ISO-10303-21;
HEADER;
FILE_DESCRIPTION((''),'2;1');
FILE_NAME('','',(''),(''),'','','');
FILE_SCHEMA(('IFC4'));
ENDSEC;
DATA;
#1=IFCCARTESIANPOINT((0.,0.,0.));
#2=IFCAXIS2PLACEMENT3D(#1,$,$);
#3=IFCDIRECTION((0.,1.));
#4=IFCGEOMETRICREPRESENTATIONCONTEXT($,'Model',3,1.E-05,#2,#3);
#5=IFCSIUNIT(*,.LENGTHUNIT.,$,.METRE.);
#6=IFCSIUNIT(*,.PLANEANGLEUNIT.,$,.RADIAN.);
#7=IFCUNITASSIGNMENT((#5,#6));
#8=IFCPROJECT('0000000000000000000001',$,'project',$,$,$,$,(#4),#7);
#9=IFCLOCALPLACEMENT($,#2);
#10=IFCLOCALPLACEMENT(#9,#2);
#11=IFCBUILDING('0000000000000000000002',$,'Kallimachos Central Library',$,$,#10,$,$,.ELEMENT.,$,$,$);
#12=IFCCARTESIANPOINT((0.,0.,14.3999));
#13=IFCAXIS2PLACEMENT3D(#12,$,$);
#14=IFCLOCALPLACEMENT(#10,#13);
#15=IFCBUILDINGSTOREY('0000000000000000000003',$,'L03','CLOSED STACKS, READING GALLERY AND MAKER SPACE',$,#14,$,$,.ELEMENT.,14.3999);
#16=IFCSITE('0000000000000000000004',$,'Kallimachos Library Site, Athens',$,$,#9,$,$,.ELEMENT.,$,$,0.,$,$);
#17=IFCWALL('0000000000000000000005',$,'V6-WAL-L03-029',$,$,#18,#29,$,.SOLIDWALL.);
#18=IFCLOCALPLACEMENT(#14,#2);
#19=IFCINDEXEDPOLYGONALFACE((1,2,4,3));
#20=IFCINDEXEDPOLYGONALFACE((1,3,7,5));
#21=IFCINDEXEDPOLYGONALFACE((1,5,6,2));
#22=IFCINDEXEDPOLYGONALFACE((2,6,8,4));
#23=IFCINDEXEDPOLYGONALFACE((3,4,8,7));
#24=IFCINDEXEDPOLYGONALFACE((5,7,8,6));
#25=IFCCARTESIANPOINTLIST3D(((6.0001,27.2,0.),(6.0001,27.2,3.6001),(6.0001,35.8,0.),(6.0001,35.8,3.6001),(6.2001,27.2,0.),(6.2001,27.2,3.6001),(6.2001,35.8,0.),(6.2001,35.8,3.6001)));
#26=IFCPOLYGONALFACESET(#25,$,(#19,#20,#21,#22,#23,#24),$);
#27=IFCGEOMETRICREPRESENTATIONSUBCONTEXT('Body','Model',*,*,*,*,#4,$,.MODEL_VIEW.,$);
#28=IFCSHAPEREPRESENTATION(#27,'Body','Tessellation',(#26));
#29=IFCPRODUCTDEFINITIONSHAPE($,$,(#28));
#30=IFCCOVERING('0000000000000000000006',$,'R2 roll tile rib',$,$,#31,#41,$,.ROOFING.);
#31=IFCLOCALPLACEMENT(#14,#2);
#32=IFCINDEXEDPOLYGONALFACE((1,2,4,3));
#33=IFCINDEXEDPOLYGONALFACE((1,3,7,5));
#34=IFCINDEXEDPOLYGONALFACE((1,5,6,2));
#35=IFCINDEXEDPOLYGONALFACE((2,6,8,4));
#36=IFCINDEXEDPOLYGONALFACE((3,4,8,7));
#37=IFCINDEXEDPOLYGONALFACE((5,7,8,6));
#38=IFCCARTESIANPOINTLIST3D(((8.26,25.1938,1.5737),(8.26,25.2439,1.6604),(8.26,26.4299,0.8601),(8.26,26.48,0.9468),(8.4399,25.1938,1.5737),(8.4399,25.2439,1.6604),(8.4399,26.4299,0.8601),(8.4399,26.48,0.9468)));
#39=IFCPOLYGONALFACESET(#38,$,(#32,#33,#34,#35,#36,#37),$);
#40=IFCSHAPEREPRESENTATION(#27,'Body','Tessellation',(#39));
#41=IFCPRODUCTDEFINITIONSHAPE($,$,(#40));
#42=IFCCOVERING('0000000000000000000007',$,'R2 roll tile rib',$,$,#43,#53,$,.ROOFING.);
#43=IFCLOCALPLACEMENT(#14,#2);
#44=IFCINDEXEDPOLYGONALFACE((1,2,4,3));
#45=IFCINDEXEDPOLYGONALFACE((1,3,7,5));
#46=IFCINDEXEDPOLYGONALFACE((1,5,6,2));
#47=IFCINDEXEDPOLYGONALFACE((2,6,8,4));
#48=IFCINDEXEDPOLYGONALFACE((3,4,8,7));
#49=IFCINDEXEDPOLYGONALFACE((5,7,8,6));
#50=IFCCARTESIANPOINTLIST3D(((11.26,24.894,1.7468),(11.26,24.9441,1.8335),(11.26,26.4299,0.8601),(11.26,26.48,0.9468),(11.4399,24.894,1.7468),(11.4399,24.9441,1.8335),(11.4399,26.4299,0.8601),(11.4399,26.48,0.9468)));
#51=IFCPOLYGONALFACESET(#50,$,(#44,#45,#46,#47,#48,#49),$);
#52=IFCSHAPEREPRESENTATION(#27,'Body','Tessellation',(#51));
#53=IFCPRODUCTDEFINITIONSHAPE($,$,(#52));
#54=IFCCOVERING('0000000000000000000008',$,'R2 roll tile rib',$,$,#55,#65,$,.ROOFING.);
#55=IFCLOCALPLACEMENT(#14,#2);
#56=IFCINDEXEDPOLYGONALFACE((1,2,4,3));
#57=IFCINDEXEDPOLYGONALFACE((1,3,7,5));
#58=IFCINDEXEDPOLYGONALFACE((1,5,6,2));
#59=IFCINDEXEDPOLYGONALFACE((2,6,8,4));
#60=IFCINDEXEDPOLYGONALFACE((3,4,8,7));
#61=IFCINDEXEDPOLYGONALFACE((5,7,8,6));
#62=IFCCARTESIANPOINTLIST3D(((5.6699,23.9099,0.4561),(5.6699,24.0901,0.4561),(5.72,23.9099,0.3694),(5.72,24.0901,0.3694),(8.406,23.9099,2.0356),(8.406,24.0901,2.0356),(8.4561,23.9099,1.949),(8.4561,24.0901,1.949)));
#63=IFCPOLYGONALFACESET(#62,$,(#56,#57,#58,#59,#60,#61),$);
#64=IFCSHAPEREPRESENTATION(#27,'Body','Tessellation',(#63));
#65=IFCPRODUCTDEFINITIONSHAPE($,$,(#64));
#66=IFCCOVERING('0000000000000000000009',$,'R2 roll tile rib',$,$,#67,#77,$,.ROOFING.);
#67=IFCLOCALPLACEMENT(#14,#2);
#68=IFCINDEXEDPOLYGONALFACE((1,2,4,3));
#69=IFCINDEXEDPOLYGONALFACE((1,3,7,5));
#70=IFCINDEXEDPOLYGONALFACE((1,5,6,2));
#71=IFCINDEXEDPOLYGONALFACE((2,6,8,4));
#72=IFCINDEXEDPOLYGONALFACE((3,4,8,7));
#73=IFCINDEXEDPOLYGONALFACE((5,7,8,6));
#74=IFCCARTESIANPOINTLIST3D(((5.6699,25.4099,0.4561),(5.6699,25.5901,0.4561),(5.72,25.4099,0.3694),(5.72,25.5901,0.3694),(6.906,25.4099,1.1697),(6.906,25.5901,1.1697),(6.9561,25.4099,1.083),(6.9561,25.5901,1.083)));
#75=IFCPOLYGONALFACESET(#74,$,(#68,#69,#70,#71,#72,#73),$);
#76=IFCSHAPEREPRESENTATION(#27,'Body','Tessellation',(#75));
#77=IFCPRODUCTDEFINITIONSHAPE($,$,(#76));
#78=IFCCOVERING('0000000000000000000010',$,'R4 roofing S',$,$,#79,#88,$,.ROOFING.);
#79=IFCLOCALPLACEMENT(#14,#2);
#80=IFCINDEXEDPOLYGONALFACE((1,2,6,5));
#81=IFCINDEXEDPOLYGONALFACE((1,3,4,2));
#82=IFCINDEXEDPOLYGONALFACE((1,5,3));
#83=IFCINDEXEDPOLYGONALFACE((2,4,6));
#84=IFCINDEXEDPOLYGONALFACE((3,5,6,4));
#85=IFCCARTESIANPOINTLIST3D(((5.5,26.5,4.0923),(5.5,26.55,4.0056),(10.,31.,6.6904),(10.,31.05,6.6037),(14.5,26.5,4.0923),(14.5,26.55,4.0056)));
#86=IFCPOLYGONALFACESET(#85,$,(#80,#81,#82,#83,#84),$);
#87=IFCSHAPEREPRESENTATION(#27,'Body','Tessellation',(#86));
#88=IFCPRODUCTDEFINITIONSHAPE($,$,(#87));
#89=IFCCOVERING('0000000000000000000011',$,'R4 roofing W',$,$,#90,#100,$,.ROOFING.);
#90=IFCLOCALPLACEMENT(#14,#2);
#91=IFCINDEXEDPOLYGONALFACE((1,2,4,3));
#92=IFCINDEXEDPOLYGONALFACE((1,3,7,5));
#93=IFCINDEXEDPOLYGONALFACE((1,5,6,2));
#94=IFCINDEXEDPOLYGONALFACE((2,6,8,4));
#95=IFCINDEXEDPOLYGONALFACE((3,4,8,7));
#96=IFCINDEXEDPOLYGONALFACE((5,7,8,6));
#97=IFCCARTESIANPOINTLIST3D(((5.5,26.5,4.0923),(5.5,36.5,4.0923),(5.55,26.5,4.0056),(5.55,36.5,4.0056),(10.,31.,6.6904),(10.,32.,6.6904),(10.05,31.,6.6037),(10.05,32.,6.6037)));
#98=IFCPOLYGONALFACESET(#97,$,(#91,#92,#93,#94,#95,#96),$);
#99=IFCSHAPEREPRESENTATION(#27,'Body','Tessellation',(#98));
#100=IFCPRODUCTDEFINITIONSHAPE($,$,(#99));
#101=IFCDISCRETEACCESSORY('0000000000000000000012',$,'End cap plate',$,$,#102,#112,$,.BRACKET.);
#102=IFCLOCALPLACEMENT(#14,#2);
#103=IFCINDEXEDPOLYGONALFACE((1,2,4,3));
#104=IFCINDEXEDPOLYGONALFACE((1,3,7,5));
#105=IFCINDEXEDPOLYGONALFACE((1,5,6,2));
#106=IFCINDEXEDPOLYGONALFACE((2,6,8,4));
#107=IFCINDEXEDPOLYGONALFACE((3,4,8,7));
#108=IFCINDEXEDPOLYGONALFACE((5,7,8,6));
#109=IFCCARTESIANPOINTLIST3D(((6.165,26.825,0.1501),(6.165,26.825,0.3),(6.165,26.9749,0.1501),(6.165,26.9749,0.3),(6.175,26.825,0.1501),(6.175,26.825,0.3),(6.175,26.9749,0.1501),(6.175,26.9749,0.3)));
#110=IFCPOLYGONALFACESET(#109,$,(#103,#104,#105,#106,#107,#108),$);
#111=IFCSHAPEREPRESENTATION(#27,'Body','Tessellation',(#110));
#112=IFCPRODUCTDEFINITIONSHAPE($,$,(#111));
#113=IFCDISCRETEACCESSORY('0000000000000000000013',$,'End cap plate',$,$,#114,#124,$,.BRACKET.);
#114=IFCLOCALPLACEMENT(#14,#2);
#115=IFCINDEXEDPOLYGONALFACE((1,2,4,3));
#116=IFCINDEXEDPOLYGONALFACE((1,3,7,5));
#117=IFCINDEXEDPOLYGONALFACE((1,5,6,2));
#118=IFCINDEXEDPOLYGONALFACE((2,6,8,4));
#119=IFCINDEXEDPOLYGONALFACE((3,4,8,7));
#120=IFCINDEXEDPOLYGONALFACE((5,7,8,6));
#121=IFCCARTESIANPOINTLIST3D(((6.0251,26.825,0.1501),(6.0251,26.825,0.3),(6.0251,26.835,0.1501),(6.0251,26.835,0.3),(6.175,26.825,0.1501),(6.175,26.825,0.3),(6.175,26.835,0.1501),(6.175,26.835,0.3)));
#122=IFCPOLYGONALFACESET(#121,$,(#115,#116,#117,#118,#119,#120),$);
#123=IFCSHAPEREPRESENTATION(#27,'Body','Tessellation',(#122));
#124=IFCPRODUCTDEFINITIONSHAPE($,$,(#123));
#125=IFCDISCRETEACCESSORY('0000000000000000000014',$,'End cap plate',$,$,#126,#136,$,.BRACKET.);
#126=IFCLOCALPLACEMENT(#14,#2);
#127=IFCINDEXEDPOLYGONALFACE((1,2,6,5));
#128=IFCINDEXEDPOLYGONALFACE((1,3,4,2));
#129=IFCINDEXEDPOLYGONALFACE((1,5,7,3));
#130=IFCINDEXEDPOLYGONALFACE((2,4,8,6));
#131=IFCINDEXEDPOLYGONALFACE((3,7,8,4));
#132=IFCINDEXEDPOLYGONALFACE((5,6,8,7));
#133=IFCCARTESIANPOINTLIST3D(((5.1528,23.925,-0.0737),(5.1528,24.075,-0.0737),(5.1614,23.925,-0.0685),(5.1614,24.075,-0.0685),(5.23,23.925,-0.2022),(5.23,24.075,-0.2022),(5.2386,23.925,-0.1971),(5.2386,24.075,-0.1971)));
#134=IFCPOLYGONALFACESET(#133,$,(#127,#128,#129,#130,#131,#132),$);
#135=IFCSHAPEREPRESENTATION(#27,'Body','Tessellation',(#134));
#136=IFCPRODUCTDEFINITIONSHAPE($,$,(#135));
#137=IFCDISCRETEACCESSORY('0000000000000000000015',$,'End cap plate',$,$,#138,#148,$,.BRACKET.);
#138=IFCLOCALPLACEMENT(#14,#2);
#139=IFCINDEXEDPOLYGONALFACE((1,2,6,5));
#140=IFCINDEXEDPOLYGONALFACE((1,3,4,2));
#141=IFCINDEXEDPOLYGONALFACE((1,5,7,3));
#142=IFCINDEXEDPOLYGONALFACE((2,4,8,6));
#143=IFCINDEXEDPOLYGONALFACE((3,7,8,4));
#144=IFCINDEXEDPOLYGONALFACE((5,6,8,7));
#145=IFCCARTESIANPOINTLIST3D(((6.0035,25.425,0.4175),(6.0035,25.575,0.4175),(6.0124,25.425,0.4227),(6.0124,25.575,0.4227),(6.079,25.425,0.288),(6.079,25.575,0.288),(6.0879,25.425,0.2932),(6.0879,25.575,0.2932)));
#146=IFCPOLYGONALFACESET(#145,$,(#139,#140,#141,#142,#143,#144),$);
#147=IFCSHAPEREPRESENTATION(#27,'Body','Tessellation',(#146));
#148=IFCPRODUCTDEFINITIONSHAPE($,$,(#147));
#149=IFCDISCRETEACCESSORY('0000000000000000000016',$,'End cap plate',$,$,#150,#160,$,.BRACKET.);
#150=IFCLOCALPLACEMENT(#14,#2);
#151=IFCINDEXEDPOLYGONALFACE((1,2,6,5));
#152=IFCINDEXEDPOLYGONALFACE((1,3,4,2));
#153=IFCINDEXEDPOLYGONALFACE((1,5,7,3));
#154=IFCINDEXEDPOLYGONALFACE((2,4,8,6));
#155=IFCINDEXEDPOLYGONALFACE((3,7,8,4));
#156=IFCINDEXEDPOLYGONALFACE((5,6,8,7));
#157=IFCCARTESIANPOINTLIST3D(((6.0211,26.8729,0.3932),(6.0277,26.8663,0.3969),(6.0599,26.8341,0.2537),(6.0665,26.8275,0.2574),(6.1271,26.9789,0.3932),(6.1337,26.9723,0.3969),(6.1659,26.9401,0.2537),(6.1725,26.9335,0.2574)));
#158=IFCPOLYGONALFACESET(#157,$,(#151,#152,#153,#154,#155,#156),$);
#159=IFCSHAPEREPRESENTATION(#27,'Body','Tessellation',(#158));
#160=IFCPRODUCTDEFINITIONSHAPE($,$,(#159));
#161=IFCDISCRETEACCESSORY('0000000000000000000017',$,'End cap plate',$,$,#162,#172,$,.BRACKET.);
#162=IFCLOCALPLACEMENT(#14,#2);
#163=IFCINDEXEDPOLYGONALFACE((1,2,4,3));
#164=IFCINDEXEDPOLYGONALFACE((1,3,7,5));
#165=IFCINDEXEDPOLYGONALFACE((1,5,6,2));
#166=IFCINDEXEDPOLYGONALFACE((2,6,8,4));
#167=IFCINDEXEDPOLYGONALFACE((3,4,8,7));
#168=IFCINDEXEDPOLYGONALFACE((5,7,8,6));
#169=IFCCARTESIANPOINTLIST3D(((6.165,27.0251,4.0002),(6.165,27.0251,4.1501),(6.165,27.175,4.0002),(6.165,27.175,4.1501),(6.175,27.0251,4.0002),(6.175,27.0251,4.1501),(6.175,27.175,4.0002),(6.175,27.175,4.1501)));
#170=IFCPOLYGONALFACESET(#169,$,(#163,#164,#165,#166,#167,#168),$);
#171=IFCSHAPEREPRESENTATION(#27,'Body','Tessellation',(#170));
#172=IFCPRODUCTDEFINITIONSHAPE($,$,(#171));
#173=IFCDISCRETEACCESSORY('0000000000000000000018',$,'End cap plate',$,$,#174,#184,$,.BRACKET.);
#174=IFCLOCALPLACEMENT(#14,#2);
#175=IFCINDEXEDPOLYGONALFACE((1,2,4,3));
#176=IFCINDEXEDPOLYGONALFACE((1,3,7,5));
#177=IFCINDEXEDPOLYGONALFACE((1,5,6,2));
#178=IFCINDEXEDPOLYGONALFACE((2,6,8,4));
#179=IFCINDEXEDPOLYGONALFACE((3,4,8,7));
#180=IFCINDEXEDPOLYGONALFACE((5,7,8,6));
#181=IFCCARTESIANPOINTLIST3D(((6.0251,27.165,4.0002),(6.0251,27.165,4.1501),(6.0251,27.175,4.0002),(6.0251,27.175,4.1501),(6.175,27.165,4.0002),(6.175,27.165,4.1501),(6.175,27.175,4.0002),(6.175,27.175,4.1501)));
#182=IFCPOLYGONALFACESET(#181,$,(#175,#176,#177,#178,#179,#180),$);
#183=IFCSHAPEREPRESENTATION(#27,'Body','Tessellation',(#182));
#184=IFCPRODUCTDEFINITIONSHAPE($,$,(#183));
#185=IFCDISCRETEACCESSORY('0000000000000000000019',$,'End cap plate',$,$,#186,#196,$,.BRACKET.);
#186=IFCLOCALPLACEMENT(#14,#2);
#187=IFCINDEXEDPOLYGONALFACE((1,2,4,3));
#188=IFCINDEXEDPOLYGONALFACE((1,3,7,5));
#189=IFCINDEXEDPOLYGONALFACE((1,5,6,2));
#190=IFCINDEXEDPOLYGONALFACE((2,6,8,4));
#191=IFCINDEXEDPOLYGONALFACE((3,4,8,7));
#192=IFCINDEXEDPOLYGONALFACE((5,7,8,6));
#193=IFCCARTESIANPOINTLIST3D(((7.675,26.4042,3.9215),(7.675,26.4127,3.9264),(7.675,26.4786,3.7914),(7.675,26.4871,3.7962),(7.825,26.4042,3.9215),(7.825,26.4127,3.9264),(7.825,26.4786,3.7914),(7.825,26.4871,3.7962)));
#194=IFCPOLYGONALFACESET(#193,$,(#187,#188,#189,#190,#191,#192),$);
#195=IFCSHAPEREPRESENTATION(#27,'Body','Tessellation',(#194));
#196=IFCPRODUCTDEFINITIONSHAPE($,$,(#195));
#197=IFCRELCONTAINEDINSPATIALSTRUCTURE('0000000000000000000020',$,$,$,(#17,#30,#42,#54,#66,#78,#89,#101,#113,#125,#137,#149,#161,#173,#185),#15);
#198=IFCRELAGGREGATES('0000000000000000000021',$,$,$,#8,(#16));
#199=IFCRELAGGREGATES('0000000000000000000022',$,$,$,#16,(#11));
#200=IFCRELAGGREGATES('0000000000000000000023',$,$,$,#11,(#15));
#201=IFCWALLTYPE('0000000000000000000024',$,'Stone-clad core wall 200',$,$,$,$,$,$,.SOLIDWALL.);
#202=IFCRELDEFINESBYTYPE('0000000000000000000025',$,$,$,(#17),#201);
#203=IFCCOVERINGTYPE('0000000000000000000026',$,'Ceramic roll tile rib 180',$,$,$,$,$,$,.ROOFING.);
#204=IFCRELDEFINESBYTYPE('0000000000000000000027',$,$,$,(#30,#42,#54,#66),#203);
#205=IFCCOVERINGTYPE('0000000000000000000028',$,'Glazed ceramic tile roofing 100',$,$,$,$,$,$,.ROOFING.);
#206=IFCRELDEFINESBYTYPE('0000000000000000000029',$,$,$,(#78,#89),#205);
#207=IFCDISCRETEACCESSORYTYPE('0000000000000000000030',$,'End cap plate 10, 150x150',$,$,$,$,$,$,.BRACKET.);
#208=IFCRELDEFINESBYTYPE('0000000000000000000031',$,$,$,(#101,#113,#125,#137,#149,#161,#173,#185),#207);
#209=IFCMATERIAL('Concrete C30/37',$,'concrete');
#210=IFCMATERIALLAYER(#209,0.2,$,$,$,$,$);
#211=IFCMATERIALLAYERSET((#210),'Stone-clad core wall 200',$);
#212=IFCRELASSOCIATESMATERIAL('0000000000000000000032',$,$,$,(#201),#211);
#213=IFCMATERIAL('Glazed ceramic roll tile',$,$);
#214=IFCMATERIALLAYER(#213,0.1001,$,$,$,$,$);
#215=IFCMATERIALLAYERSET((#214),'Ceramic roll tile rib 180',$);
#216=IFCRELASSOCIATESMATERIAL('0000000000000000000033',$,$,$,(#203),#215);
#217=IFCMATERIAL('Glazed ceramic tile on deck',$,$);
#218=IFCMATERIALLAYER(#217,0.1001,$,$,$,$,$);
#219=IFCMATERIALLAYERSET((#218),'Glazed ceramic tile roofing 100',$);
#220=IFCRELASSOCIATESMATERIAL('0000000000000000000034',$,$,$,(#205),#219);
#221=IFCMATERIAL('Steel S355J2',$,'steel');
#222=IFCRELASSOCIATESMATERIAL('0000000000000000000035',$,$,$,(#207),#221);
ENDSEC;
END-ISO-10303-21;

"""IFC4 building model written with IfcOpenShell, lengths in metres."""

from ifc_helpers import new_model, si_unit, direction, frame, frame_2d, origin, origin_2d, place, context, subcontext, project, spatial, polyline, rectangle, outline, extrude, material, layer, layer_set, material_profile, profile_set, type_object, element, save


model = new_model("IFC4")

# Units and contexts
model_context = context("Model", 3, precision=1e-05, world=origin(), true_north=direction((0.0, 1.0)))
body_context = subcontext(model_context, "Body", "Model", "MODEL_VIEW")
ifc_project = project(units=[si_unit("LENGTHUNIT", "METRE"), si_unit("PLANEANGLEUNIT", "RADIAN")], contexts=[model_context])

# Site, building, storey
site_placement = place(None, origin())
site = spatial("IfcSite", under=ifc_project, at=site_placement, Name="Kallimachos Library Site, Athens", CompositionType="ELEMENT", RefElevation=0.0)
building_placement = place(site_placement, origin())
building = spatial("IfcBuilding", under=site, at=building_placement, Name="Kallimachos Central Library", CompositionType="ELEMENT")
storey_placement = place(building_placement, frame((0.0, 0.0, 14.3999)))
storey = spatial("IfcBuildingStorey", under=building, at=storey_placement, Name="L03", Description="CLOSED STACKS, READING GALLERY AND MAKER SPACE", CompositionType="ELEMENT", Elevation=14.3999)

# Wall
ifc_material_1 = material(Name="Concrete C30/37", Category="concrete")
ifc_layer_1 = layer(ifc_material_1, 0.2)
ifc_layer_set_1 = layer_set([ifc_layer_1], Name="Stone-clad core wall 200")
wall_type_1 = type_object("IfcWallType", Name="Stone-clad core wall 200", PredefinedType="SOLIDWALL", material=ifc_layer_set_1)
wall_1_placement = place(storey_placement, frame((6.1001, 27.2, 0.0), z_axis=(0.0, 0.0, 1.0), x_axis=(0.0, 1.0, 0.0)))
element("IfcWall", 1, at=wall_1_placement, inside=storey, type_object=wall_type_1, Name="V6-WAL-L03-029", PredefinedType="SOLIDWALL", context=body_context, shape_type="SweptSolid", body=[
    extrude(rectangle(XDim=8.6001, YDim=0.2, at=frame_2d((4.3, 0.0))), origin(), (0.0, 0.0, 1.0), 3.6001),
])

# Coverings
ifc_material_2 = material(Name="Glazed ceramic roll tile")
ifc_layer_2 = layer(ifc_material_2, 0.1001)
ifc_layer_set_2 = layer_set([ifc_layer_2], Name="Ceramic roll tile rib 180")
covering_type_1 = type_object("IfcCoveringType", Name="Ceramic roll tile rib 180", PredefinedType="ROOFING", material=ifc_layer_set_2)
covering_1_placement = place(storey_placement, frame((8.26, 25.2439, 1.6604), z_axis=(0.0, 0.499984, 0.866035), x_axis=(0.0, 0.866035, -0.499984)))
element("IfcCovering", 2, at=covering_1_placement, inside=storey, type_object=covering_type_1, Name="R2 roll tile rib", PredefinedType="ROOFING", context=body_context, shape_type="SweptSolid", body=[
    extrude(outline(polyline([(0.0, 0.0), (1.4273, 0.0), (1.4273, -0.1799), (0.0, -0.1799), (0.0, 0.0)])), origin(), (0.0, 0.0, -1.0), 0.1001),
])
covering_2_placement = place(storey_placement, frame((11.26, 24.9441, 1.8335), z_axis=(0.0, 0.499989, 0.866032), x_axis=(0.0, 0.866032, -0.499989)))
element("IfcCovering", 3, at=covering_2_placement, inside=storey, type_object=covering_type_1, Name="R2 roll tile rib", PredefinedType="ROOFING", context=body_context, shape_type="SweptSolid", body=[
    extrude(outline(polyline([(0.0, 0.0), (1.7735, 0.0), (1.7735, -0.1799), (0.0, -0.1799), (0.0, 0.0)])), origin(), (0.0, 0.0, -1.0), 0.1001),
])
covering_3_placement = place(storey_placement, frame((5.6699, 23.9099, 0.4561), z_axis=(-0.499979, 0.0, 0.866038), x_axis=(0.866038, 0.0, 0.499979)))
element("IfcCovering", 4, at=covering_3_placement, inside=storey, type_object=covering_type_1, Name="R2 roll tile rib", PredefinedType="ROOFING", context=body_context, shape_type="SweptSolid", body=[
    extrude(outline(polyline([(0.0, 0.0), (3.1593, 0.0), (3.1593, 0.1802), (0.0, 0.1802), (0.0, 0.0)])), origin(), (0.0, 0.0, -1.0), 0.1001),
])
covering_4_placement = place(storey_placement, frame((5.6699, 25.4099, 0.4561), z_axis=(-0.499984, 0.0, 0.866035), x_axis=(0.866035, 0.0, 0.499984)))
element("IfcCovering", 5, at=covering_4_placement, inside=storey, type_object=covering_type_1, Name="R2 roll tile rib", PredefinedType="ROOFING", context=body_context, shape_type="SweptSolid", body=[
    extrude(outline(polyline([(0.0, 0.0), (1.4273, 0.0), (1.4273, 0.1802), (0.0, 0.1802), (0.0, 0.0)])), origin(), (0.0, 0.0, -1.0), 0.1001),
])
ifc_material_3 = material(Name="Glazed ceramic tile on deck")
ifc_layer_3 = layer(ifc_material_3, 0.1001)
ifc_layer_set_3 = layer_set([ifc_layer_3], Name="Glazed ceramic tile roofing 100")
covering_type_2 = type_object("IfcCoveringType", Name="Glazed ceramic tile roofing 100", PredefinedType="ROOFING", material=ifc_layer_set_3)
covering_5_placement = place(storey_placement, frame((5.5, 26.5, 4.0923), z_axis=(0.0, -0.50001, 0.86602), x_axis=(1.0, 0.0, 0.0)))
element("IfcCovering", 6, at=covering_5_placement, inside=storey, type_object=covering_type_2, Name="R4 roofing S", PredefinedType="ROOFING", context=body_context, shape_type="SweptSolid", body=[
    extrude(outline(polyline([(0.0, 0.0), (9.0, 0.0), (4.5, 5.1962), (0.0, 0.0)])), origin(), (0.0, 0.0, -1.0), 0.1001),
])
covering_6_placement = place(storey_placement, frame((5.5, 26.5, 4.0923), z_axis=(-0.50001, 0.0, 0.86602), x_axis=(0.654651, 0.654651, 0.377973)))
element("IfcCovering", 7, at=covering_6_placement, inside=storey, type_object=covering_type_2, Name="R4 roofing W", PredefinedType="ROOFING", context=body_context, shape_type="SweptSolid", body=[
    extrude(outline(polyline([(0.0, 0.0), (6.8739, 0.0), (7.5285, 0.7559), (6.5465, 7.5593), (0.0, 0.0)])), origin(), (0.0, 0.0, -1.0), 0.1001),
])

# Discrete accessories
ifc_material_4 = material(Name="Steel S355J2", Category="steel")
ifc_material_profile_1 = material_profile(ifc_material_4, rectangle(XDim=0.1499, YDim=0.1499, at=origin_2d()), Name="End cap plate 10, 150x150")
ifc_profile_set_1 = profile_set([ifc_material_profile_1], Name="Steel S355J2")
discrete_accessory_type = type_object("IfcDiscreteAccessoryType", Name="End cap plate 10, 150x150", PredefinedType="BRACKET", material=ifc_profile_set_1)
for number, where, z_axis, x_axis, name in (
    (8, (6.165, 26.8999, 0.2251), (1.0, 0.0, 0.0), (0.0, 1.0, 0.0), "End cap plate"),
    (9, (6.1001, 26.825, 0.2251), (0.0, 1.0, 0.0), (-1.0, 0.0, 0.0), "End cap plate"),
    (10, (5.1914, 24.0, -0.1379), (0.857493, 0.0, 0.514496), (0.0, 1.0, 0.0), "End cap plate"),
):
    element("IfcDiscreteAccessory", number, at=place(storey_placement, frame(where, z_axis=z_axis, x_axis=x_axis)), inside=storey, type_object=discrete_accessory_type, Name=name, PredefinedType="BRACKET", context=body_context, shape_type="SweptSolid", body=[
        extrude(rectangle(XDim=0.1499, YDim=0.1499, at=origin_2d()), origin(), (0.0, 0.0, 1.0), 0.01),
    ])
discrete_accessory_1_placement = place(storey_placement, frame((6.0413, 25.5, 0.3528), z_axis=(0.863779, 0.0, 0.503871), x_axis=(0.0, 1.0, 0.0)))
element("IfcDiscreteAccessory", 11, at=discrete_accessory_1_placement, inside=storey, type_object=discrete_accessory_type, Name="End cap plate", PredefinedType="BRACKET", context=body_context, shape_type="SweptSolid", body=[
    extrude(rectangle(XDim=0.1499, YDim=0.1499, at=origin_2d()), origin(), (0.0, 0.0, 1.0), 0.0103),
])
for number, where, z_axis, x_axis, name in (
    (12, (6.0935, 26.9065, 0.3235), (0.658145, -0.658145, 0.365636), (0.707107, 0.707107, 0.0), "End cap plate"),
    (13, (6.165, 27.1001, 4.0752), (1.0, 0.0, 0.0), (0.0, 1.0, 0.0), "End cap plate"),
    (14, (6.1001, 27.165, 4.0752), (0.0, 1.0, 0.0), (-1.0, 0.0, 0.0), "End cap plate"),
):
    element("IfcDiscreteAccessory", number, at=place(storey_placement, frame(where, z_axis=z_axis, x_axis=x_axis)), inside=storey, type_object=discrete_accessory_type, Name=name, PredefinedType="BRACKET", context=body_context, shape_type="SweptSolid", body=[
        extrude(rectangle(XDim=0.1499, YDim=0.1499, at=origin_2d()), origin(), (0.0, 0.0, 1.0), 0.01),
    ])
for number, where, z_axis, x_axis, name in (
    (15, (7.75, 26.4414, 3.8564), (0.0, 0.868243, 0.496139), (-1.0, 0.0, 0.0), "End cap plate"),
):
    element("IfcDiscreteAccessory", number, at=place(storey_placement, frame(where, z_axis=z_axis, x_axis=x_axis)), inside=storey, type_object=discrete_accessory_type, Name=name, PredefinedType="BRACKET", context=body_context, shape_type="SweptSolid", body=[
        extrude(rectangle(XDim=0.1499, YDim=0.1499, at=origin_2d()), origin(), (0.0, 0.0, 1.0), 0.0098),
    ])

save(model, "model.ifc")
